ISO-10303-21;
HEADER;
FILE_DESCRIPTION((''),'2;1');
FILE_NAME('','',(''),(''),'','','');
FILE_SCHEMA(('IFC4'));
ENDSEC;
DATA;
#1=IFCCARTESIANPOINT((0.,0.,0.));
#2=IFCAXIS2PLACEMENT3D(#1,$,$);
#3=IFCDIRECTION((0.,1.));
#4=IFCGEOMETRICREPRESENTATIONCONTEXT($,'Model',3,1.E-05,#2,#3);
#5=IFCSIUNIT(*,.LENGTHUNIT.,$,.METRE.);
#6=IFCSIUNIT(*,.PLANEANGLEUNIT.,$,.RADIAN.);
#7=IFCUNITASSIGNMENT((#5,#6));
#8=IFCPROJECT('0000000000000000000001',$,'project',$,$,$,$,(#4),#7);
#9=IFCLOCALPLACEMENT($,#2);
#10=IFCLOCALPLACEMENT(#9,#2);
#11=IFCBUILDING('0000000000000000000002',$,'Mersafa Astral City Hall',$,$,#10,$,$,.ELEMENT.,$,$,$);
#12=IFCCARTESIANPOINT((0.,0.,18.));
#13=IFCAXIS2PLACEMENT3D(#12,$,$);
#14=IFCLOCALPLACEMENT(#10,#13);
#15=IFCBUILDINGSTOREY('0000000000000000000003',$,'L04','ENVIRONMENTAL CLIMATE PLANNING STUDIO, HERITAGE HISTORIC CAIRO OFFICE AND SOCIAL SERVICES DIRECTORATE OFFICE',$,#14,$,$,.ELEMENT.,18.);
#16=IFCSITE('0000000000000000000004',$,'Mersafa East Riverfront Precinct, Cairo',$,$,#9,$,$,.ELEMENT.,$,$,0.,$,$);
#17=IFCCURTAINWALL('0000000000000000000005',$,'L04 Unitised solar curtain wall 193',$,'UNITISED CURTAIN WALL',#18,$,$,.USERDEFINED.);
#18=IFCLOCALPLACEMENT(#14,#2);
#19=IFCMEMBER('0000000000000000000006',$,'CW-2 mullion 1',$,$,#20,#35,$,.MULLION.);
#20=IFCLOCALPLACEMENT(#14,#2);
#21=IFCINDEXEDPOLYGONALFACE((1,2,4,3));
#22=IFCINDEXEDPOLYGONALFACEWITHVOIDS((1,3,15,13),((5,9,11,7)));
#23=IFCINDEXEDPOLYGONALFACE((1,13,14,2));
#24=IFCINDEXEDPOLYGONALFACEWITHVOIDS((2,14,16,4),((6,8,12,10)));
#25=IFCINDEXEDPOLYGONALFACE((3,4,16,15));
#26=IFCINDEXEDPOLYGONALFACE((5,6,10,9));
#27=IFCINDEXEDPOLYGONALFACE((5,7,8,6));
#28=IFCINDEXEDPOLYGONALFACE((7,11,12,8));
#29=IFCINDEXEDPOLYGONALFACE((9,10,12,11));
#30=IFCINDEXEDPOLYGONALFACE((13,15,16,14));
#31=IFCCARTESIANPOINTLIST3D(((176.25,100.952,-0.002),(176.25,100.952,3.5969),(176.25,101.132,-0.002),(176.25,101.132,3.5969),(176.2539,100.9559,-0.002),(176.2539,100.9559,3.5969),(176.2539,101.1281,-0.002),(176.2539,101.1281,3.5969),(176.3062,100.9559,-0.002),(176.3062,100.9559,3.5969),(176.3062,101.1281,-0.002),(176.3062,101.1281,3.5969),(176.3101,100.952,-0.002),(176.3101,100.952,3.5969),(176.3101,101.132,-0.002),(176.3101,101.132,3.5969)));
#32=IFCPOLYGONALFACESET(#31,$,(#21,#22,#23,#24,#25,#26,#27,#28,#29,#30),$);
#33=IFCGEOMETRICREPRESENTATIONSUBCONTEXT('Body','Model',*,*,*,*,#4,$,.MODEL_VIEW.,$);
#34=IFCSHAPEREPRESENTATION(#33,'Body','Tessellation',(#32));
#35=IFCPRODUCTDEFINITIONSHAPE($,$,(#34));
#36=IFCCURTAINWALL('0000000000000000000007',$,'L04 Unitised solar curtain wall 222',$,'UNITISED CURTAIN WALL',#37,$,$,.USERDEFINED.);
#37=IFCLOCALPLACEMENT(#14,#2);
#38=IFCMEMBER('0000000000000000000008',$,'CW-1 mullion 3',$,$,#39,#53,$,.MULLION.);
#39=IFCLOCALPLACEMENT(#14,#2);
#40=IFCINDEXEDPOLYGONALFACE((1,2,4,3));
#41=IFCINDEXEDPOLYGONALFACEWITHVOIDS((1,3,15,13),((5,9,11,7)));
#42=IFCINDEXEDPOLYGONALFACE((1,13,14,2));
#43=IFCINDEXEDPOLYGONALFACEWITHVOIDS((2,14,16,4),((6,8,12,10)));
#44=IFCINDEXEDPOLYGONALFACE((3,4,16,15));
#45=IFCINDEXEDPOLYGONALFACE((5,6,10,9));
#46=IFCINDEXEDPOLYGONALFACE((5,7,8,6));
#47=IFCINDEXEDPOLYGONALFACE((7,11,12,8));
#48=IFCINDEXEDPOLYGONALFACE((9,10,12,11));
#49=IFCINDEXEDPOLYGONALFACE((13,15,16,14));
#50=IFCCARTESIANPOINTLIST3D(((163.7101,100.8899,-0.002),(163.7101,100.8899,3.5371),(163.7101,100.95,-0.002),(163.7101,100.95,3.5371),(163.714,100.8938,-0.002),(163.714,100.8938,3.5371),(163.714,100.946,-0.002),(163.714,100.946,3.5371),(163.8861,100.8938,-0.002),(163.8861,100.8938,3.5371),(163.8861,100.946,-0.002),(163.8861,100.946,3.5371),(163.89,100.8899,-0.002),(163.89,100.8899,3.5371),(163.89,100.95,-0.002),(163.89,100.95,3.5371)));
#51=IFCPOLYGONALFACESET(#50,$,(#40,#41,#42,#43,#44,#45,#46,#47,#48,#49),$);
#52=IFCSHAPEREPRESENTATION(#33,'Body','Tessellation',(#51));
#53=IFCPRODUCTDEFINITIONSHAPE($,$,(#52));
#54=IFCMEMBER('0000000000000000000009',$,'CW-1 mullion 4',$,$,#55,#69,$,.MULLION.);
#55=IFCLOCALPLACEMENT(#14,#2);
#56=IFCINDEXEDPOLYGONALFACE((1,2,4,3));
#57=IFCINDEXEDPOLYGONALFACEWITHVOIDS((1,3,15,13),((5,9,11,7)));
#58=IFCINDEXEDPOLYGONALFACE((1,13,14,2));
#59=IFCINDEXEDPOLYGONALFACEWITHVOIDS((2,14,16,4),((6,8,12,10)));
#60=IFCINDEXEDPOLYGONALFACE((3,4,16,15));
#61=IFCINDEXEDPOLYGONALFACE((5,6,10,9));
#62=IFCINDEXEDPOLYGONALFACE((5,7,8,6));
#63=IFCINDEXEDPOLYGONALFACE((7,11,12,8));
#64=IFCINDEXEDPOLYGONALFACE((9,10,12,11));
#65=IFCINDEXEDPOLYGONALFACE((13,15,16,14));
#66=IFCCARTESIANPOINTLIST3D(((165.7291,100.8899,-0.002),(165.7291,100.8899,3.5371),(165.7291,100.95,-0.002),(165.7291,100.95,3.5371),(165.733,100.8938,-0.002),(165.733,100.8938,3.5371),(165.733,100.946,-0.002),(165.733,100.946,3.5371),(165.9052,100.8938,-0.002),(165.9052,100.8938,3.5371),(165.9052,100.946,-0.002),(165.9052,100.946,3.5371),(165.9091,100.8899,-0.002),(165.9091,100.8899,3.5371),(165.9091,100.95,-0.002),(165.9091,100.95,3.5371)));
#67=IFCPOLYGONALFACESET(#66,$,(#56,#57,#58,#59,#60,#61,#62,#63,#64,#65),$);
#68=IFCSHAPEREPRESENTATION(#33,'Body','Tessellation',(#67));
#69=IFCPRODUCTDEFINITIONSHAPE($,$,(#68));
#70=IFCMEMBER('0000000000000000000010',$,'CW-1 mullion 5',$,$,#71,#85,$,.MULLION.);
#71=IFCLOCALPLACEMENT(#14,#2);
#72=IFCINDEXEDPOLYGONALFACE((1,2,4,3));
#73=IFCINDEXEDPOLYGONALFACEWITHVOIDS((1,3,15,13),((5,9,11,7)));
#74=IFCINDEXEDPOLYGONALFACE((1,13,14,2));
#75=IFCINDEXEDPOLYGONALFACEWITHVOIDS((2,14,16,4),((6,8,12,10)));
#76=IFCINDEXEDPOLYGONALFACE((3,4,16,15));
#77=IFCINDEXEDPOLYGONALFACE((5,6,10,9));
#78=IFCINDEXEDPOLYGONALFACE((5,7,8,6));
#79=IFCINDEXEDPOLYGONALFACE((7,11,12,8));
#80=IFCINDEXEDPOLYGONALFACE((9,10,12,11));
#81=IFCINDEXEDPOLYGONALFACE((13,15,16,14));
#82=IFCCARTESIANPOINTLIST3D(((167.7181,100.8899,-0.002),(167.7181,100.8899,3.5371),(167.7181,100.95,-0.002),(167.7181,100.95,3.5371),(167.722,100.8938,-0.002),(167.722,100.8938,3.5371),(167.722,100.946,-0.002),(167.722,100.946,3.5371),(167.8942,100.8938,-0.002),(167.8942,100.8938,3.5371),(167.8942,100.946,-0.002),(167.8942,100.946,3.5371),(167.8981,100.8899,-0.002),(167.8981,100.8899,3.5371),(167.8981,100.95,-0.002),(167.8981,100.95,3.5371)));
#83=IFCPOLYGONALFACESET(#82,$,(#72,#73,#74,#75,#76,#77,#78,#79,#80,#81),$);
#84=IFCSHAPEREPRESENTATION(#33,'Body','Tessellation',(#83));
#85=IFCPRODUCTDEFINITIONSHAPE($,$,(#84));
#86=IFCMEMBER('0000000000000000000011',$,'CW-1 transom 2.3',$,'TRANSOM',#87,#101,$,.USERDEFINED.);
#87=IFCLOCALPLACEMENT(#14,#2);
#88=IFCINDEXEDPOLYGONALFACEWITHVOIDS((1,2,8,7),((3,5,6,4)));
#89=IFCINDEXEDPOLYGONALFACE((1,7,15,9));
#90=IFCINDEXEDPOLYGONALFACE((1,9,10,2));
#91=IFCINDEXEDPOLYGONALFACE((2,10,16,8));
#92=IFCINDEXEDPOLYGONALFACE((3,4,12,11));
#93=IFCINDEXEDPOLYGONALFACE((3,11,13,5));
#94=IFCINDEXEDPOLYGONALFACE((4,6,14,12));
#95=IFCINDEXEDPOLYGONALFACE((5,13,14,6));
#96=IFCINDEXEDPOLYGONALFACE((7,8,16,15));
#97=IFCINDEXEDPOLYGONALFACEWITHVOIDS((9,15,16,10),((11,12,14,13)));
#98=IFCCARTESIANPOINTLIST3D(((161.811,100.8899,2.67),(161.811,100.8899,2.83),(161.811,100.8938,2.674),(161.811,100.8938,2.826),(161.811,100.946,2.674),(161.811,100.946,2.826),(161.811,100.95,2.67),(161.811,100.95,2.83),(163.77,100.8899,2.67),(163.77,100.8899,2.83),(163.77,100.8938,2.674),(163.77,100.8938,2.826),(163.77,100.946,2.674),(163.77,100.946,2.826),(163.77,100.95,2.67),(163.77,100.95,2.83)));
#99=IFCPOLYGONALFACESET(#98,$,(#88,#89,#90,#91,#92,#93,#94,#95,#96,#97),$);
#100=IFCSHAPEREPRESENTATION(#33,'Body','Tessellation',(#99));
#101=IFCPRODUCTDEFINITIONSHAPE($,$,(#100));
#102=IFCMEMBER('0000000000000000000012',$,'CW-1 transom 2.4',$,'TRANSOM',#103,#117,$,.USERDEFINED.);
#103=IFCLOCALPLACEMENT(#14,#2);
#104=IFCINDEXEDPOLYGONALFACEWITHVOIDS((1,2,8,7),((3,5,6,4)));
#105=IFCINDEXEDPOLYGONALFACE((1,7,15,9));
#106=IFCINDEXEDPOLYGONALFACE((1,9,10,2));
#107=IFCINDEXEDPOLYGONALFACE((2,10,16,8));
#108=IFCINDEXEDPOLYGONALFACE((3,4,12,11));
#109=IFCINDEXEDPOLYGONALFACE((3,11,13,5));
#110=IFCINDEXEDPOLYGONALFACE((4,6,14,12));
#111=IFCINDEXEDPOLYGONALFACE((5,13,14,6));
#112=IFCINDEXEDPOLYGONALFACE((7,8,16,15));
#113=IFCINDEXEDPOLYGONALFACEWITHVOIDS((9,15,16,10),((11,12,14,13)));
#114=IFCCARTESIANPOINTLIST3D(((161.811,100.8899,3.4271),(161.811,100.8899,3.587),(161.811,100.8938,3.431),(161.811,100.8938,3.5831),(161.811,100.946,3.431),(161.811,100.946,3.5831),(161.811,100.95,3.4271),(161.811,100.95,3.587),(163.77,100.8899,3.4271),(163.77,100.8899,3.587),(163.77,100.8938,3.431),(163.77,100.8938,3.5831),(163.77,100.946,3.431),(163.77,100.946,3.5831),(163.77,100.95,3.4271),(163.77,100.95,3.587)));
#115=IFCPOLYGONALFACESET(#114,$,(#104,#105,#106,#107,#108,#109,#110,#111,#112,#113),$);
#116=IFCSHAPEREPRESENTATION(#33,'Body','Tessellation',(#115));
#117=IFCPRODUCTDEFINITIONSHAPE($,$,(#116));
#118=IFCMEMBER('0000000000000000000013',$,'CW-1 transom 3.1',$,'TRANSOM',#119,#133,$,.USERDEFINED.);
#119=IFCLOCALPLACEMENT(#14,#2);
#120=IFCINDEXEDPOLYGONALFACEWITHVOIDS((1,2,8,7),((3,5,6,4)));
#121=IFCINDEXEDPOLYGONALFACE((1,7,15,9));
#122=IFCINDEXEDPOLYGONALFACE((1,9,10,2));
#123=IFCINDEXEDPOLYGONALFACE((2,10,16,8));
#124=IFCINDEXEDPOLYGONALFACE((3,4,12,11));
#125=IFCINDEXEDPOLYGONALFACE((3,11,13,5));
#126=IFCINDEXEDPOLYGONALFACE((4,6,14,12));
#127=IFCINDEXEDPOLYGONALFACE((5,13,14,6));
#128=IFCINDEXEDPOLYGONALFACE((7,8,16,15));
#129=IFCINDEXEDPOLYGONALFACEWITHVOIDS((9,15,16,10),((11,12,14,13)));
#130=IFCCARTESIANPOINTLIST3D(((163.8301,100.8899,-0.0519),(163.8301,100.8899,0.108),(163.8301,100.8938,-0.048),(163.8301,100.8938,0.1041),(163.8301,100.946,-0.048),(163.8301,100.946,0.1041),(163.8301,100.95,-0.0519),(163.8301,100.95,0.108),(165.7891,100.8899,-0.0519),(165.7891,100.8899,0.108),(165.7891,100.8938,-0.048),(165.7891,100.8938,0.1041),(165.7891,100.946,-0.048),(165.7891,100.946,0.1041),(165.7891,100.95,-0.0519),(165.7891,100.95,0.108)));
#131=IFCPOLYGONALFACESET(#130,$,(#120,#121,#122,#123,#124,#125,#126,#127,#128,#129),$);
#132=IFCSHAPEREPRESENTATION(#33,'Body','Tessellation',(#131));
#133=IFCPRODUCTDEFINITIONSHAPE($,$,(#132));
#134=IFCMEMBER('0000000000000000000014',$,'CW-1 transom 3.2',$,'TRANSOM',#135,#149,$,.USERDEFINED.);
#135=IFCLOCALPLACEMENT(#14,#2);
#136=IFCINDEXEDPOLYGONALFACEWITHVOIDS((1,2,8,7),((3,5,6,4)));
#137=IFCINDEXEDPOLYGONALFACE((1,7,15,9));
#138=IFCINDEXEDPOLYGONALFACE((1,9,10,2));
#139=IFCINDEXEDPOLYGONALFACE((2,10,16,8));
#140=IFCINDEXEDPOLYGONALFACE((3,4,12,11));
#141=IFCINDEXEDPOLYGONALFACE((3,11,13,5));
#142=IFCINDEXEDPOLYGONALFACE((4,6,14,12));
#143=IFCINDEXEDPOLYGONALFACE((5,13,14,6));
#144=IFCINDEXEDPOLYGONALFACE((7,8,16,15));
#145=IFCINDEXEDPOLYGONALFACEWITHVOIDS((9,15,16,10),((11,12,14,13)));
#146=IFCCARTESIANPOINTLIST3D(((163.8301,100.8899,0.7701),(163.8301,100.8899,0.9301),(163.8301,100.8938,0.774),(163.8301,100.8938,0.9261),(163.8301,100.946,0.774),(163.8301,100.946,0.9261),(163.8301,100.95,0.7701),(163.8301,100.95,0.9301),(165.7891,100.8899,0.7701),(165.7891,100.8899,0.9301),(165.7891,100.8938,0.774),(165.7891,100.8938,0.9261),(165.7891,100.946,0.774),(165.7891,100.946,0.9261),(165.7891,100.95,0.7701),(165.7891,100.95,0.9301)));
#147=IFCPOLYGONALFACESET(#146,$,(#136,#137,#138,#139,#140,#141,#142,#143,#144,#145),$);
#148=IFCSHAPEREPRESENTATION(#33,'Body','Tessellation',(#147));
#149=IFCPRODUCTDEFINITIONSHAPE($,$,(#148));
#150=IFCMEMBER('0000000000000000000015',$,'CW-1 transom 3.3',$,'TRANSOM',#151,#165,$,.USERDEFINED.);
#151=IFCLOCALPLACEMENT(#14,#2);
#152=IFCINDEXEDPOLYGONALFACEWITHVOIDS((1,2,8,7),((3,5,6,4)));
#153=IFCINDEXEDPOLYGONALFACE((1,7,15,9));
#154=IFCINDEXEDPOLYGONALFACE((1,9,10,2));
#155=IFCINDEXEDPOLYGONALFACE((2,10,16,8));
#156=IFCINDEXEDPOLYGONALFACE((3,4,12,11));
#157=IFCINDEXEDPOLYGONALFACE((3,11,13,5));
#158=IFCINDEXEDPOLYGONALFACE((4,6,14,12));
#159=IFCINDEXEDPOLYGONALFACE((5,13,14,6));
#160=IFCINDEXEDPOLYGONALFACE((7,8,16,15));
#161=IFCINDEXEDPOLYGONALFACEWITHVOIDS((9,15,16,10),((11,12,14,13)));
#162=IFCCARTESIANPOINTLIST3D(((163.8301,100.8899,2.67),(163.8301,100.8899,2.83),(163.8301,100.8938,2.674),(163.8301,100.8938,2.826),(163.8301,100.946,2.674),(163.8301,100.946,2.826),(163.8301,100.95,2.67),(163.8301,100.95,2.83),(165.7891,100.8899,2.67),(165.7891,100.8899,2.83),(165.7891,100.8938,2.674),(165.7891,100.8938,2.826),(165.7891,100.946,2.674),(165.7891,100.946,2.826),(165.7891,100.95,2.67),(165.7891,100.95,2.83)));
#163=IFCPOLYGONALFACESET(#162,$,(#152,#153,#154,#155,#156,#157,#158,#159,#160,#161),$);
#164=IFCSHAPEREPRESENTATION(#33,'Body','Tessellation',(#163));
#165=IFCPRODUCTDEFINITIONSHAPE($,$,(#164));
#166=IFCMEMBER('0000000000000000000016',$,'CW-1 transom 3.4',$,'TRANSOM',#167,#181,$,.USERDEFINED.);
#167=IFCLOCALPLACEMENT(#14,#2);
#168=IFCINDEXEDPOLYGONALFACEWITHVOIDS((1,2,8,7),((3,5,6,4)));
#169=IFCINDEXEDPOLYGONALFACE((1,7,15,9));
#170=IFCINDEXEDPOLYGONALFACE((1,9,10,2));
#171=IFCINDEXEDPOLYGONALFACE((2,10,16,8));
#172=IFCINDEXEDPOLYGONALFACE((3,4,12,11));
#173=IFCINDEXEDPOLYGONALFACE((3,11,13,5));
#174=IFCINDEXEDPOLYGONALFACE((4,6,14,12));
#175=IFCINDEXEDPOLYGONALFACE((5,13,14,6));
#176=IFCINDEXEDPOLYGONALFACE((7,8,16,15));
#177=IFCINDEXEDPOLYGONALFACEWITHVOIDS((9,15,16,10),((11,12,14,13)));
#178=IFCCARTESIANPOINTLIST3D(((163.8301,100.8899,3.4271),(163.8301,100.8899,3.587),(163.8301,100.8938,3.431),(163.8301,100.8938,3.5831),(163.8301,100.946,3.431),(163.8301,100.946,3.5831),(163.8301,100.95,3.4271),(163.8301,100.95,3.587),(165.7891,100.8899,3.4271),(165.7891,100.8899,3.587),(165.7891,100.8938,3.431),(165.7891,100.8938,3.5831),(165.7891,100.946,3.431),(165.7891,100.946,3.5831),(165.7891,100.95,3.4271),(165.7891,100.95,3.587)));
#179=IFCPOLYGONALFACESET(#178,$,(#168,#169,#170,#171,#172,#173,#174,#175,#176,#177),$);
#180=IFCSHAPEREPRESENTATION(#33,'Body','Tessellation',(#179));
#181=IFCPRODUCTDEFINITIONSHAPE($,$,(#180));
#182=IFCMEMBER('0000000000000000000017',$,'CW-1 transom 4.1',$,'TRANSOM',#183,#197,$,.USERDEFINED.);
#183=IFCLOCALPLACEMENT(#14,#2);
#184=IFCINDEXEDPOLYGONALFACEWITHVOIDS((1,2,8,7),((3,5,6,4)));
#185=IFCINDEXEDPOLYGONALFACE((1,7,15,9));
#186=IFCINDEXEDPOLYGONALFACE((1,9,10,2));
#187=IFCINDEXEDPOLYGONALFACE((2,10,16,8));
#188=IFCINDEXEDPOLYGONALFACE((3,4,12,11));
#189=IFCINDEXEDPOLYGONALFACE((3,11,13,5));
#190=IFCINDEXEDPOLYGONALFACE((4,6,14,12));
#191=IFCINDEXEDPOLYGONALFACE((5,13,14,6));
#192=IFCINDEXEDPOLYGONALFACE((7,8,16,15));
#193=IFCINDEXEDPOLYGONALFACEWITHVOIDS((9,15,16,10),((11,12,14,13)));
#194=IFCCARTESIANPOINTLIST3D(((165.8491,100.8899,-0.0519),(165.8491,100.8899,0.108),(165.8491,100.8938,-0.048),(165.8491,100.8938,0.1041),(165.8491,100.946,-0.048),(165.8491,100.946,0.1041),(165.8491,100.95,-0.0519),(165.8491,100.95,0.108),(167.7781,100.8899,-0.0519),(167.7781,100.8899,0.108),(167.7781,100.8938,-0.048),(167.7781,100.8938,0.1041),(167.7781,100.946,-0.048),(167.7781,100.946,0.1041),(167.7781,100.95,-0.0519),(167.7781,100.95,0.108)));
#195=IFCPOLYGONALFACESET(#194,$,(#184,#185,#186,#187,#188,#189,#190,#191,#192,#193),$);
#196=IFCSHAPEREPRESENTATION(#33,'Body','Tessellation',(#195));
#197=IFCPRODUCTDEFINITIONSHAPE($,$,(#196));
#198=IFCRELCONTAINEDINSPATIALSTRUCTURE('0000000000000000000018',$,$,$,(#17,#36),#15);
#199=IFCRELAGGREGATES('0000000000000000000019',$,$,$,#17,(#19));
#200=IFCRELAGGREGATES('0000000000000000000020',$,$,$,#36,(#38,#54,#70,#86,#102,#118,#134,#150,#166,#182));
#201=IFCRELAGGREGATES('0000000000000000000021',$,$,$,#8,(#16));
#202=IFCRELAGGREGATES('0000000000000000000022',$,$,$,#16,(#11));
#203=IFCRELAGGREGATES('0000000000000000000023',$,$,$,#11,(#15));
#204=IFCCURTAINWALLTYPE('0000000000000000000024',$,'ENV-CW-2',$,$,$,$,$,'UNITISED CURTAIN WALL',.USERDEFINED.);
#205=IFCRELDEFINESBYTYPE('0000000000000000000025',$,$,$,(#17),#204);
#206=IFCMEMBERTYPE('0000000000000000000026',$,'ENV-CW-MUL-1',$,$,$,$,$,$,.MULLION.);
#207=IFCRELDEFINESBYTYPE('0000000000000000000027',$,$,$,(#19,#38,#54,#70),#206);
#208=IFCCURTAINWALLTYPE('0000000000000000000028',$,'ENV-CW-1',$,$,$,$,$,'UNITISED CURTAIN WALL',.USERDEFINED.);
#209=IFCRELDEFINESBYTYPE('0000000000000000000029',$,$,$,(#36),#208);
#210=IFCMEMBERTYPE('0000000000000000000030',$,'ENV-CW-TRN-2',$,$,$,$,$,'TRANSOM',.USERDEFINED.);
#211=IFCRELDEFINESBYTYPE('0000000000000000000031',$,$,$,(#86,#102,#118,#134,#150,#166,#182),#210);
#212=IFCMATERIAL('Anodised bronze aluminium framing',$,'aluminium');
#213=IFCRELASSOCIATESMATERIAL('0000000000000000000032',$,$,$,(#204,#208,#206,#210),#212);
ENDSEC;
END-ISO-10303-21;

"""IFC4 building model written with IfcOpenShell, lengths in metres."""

from ifc_helpers import new_model, si_unit, direction, frame, origin, origin_2d, place, context, subcontext, project, spatial, hollow_rectangle, extrude, material, material_profile, profile_set, type_object, element, aggregate, save


model = new_model("IFC4")

# Units and contexts
model_context = context("Model", 3, precision=1e-05, world=origin(), true_north=direction((0.0, 1.0)))
body_context = subcontext(model_context, "Body", "Model", "MODEL_VIEW")
ifc_project = project(units=[si_unit("LENGTHUNIT", "METRE"), si_unit("PLANEANGLEUNIT", "RADIAN")], contexts=[model_context])

# Site, building, storey
site_placement = place(None, origin())
site = spatial("IfcSite", under=ifc_project, at=site_placement, Name="Mersafa East Riverfront Precinct, Cairo", CompositionType="ELEMENT", RefElevation=0.0)
building_placement = place(site_placement, origin())
building = spatial("IfcBuilding", under=site, at=building_placement, Name="Mersafa Astral City Hall", CompositionType="ELEMENT")
storey_placement = place(building_placement, frame((0.0, 0.0, 18.0)))
storey = spatial("IfcBuildingStorey", under=building, at=storey_placement, Name="L04", Description="ENVIRONMENTAL CLIMATE PLANNING STUDIO, HERITAGE HISTORIC CAIRO OFFICE AND SOCIAL SERVICES DIRECTORATE OFFICE", CompositionType="ELEMENT", Elevation=18.0)

# Curtain wall, member
ifc_material_1 = material(Name="Anodised bronze aluminium framing", Category="aluminium")
curtain_wall_type_1 = type_object("IfcCurtainWallType", Name="ENV-CW-2", ElementType="UNITISED CURTAIN WALL", PredefinedType="USERDEFINED", material=ifc_material_1)
curtain_wall_1_placement = place(storey_placement, origin())
curtain_wall_1 = element("IfcCurtainWall", 1, at=curtain_wall_1_placement, inside=storey, type_object=curtain_wall_type_1, Name="L04 Unitised solar curtain wall 193", ObjectType="UNITISED CURTAIN WALL", PredefinedType="USERDEFINED")
ifc_material_profile_1 = material_profile(ifc_material_1, hollow_rectangle(XDim=0.0601, YDim=0.1799, WallThickness=0.0039, at=origin_2d()), Name="RHS 60x180x4")
ifc_profile_set_1 = profile_set([ifc_material_profile_1], Name="Anodised bronze aluminium framing")
member_type_1 = type_object("IfcMemberType", Name="ENV-CW-MUL-1", PredefinedType="MULLION", material=ifc_profile_set_1)
member_1_placement = place(storey_placement, frame((176.28, 101.042, -0.002), z_axis=(0.0, 0.0, 1.0), x_axis=(-1.0, 0.0, 0.0)))
member_1 = element("IfcMember", 2, at=member_1_placement, type_object=member_type_1, Name="CW-2 mullion 1", PredefinedType="MULLION", context=body_context, shape_type="SweptSolid", body=[
    extrude(hollow_rectangle(XDim=0.0601, YDim=0.1799, WallThickness=0.0039, at=origin_2d()), origin(), (0.0, 0.0, 1.0), 3.5989),
])
aggregate(curtain_wall_1, [member_1])

# Curtain wall, members
curtain_wall_type_2 = type_object("IfcCurtainWallType", Name="ENV-CW-1", ElementType="UNITISED CURTAIN WALL", PredefinedType="USERDEFINED", material=ifc_material_1)
curtain_wall_2_placement = place(storey_placement, origin())
curtain_wall_2 = element("IfcCurtainWall", 3, at=curtain_wall_2_placement, inside=storey, type_object=curtain_wall_type_2, Name="L04 Unitised solar curtain wall 222", ObjectType="UNITISED CURTAIN WALL", PredefinedType="USERDEFINED")
member_2_placement = place(storey_placement, frame((163.8, 100.9199, -0.002), z_axis=(0.0, 0.0, 1.0), x_axis=(0.0, 1.0, 0.0)))
member_2 = element("IfcMember", 4, at=member_2_placement, type_object=member_type_1, Name="CW-1 mullion 3", PredefinedType="MULLION", context=body_context, shape_type="SweptSolid", body=[
    extrude(hollow_rectangle(XDim=0.0601, YDim=0.1799, WallThickness=0.0039, at=origin_2d()), origin(), (0.0, 0.0, 1.0), 3.5391),
])
member_3_placement = place(storey_placement, frame((165.8191, 100.9199, -0.002), z_axis=(0.0, 0.0, 1.0), x_axis=(0.0, 1.0, 0.0)))
member_3 = element("IfcMember", 5, at=member_3_placement, type_object=member_type_1, Name="CW-1 mullion 4", PredefinedType="MULLION", context=body_context, shape_type="SweptSolid", body=[
    extrude(hollow_rectangle(XDim=0.0601, YDim=0.1799, WallThickness=0.0039, at=origin_2d()), origin(), (0.0, 0.0, 1.0), 3.5391),
])
member_4_placement = place(storey_placement, frame((167.8081, 100.9199, -0.002), z_axis=(0.0, 0.0, 1.0), x_axis=(0.0, 1.0, 0.0)))
member_4 = element("IfcMember", 6, at=member_4_placement, type_object=member_type_1, Name="CW-1 mullion 5", PredefinedType="MULLION", context=body_context, shape_type="SweptSolid", body=[
    extrude(hollow_rectangle(XDim=0.0601, YDim=0.1799, WallThickness=0.0039, at=origin_2d()), origin(), (0.0, 0.0, 1.0), 3.5391),
])
ifc_material_profile_2 = material_profile(ifc_material_1, hollow_rectangle(XDim=0.0601, YDim=0.1599, WallThickness=0.0039, at=origin_2d()), Name="RHS 60x160x4")
ifc_profile_set_2 = profile_set([ifc_material_profile_2], Name="Anodised bronze aluminium framing")
member_type_2 = type_object("IfcMemberType", Name="ENV-CW-TRN-2", ElementType="TRANSOM", PredefinedType="USERDEFINED", material=ifc_profile_set_2)
member_5_placement = place(storey_placement, frame((161.811, 100.9199, 2.75), z_axis=(1.0, 0.0, 0.0), x_axis=(0.0, 1.0, 0.0)))
member_5 = element("IfcMember", 7, at=member_5_placement, type_object=member_type_2, Name="CW-1 transom 2.3", ObjectType="TRANSOM", PredefinedType="USERDEFINED", context=body_context, shape_type="SweptSolid", body=[
    extrude(hollow_rectangle(XDim=0.0601, YDim=0.1599, WallThickness=0.0039, at=origin_2d()), origin(), (0.0, 0.0, 1.0), 1.959),
])
member_6_placement = place(storey_placement, frame((161.811, 100.9199, 3.5071), z_axis=(1.0, 0.0, 0.0), x_axis=(0.0, 1.0, 0.0)))
member_6 = element("IfcMember", 8, at=member_6_placement, type_object=member_type_2, Name="CW-1 transom 2.4", ObjectType="TRANSOM", PredefinedType="USERDEFINED", context=body_context, shape_type="SweptSolid", body=[
    extrude(hollow_rectangle(XDim=0.0601, YDim=0.1599, WallThickness=0.0039, at=origin_2d()), origin(), (0.0, 0.0, 1.0), 1.959),
])
member_7_placement = place(storey_placement, frame((163.8301, 100.9199, 0.0281), z_axis=(1.0, 0.0, 0.0), x_axis=(0.0, 1.0, 0.0)))
member_7 = element("IfcMember", 9, at=member_7_placement, type_object=member_type_2, Name="CW-1 transom 3.1", ObjectType="TRANSOM", PredefinedType="USERDEFINED", context=body_context, shape_type="SweptSolid", body=[
    extrude(hollow_rectangle(XDim=0.0601, YDim=0.1599, WallThickness=0.0039, at=origin_2d()), origin(), (0.0, 0.0, 1.0), 1.959),
])
member_8_placement = place(storey_placement, frame((163.8301, 100.9199, 0.8501), z_axis=(1.0, 0.0, 0.0), x_axis=(0.0, 1.0, 0.0)))
member_8 = element("IfcMember", 10, at=member_8_placement, type_object=member_type_2, Name="CW-1 transom 3.2", ObjectType="TRANSOM", PredefinedType="USERDEFINED", context=body_context, shape_type="SweptSolid", body=[
    extrude(hollow_rectangle(XDim=0.0601, YDim=0.1599, WallThickness=0.0039, at=origin_2d()), origin(), (0.0, 0.0, 1.0), 1.959),
])
member_9_placement = place(storey_placement, frame((163.8301, 100.9199, 2.75), z_axis=(1.0, 0.0, 0.0), x_axis=(0.0, 1.0, 0.0)))
member_9 = element("IfcMember", 11, at=member_9_placement, type_object=member_type_2, Name="CW-1 transom 3.3", ObjectType="TRANSOM", PredefinedType="USERDEFINED", context=body_context, shape_type="SweptSolid", body=[
    extrude(hollow_rectangle(XDim=0.0601, YDim=0.1599, WallThickness=0.0039, at=origin_2d()), origin(), (0.0, 0.0, 1.0), 1.959),
])
member_10_placement = place(storey_placement, frame((163.8301, 100.9199, 3.5071), z_axis=(1.0, 0.0, 0.0), x_axis=(0.0, 1.0, 0.0)))
member_10 = element("IfcMember", 12, at=member_10_placement, type_object=member_type_2, Name="CW-1 transom 3.4", ObjectType="TRANSOM", PredefinedType="USERDEFINED", context=body_context, shape_type="SweptSolid", body=[
    extrude(hollow_rectangle(XDim=0.0601, YDim=0.1599, WallThickness=0.0039, at=origin_2d()), origin(), (0.0, 0.0, 1.0), 1.959),
])
member_11_placement = place(storey_placement, frame((165.8491, 100.9199, 0.0281), z_axis=(1.0, 0.0, 0.0), x_axis=(0.0, 1.0, 0.0)))
member_11 = element("IfcMember", 13, at=member_11_placement, type_object=member_type_2, Name="CW-1 transom 4.1", ObjectType="TRANSOM", PredefinedType="USERDEFINED", context=body_context, shape_type="SweptSolid", body=[
    extrude(hollow_rectangle(XDim=0.0601, YDim=0.1599, WallThickness=0.0039, at=origin_2d()), origin(), (0.0, 0.0, 1.0), 1.929),
])

aggregate(curtain_wall_2, [member_2, member_3, member_4, member_5, member_6, member_7, member_8, member_9, member_10, member_11])

save(model, "model.ifc")
